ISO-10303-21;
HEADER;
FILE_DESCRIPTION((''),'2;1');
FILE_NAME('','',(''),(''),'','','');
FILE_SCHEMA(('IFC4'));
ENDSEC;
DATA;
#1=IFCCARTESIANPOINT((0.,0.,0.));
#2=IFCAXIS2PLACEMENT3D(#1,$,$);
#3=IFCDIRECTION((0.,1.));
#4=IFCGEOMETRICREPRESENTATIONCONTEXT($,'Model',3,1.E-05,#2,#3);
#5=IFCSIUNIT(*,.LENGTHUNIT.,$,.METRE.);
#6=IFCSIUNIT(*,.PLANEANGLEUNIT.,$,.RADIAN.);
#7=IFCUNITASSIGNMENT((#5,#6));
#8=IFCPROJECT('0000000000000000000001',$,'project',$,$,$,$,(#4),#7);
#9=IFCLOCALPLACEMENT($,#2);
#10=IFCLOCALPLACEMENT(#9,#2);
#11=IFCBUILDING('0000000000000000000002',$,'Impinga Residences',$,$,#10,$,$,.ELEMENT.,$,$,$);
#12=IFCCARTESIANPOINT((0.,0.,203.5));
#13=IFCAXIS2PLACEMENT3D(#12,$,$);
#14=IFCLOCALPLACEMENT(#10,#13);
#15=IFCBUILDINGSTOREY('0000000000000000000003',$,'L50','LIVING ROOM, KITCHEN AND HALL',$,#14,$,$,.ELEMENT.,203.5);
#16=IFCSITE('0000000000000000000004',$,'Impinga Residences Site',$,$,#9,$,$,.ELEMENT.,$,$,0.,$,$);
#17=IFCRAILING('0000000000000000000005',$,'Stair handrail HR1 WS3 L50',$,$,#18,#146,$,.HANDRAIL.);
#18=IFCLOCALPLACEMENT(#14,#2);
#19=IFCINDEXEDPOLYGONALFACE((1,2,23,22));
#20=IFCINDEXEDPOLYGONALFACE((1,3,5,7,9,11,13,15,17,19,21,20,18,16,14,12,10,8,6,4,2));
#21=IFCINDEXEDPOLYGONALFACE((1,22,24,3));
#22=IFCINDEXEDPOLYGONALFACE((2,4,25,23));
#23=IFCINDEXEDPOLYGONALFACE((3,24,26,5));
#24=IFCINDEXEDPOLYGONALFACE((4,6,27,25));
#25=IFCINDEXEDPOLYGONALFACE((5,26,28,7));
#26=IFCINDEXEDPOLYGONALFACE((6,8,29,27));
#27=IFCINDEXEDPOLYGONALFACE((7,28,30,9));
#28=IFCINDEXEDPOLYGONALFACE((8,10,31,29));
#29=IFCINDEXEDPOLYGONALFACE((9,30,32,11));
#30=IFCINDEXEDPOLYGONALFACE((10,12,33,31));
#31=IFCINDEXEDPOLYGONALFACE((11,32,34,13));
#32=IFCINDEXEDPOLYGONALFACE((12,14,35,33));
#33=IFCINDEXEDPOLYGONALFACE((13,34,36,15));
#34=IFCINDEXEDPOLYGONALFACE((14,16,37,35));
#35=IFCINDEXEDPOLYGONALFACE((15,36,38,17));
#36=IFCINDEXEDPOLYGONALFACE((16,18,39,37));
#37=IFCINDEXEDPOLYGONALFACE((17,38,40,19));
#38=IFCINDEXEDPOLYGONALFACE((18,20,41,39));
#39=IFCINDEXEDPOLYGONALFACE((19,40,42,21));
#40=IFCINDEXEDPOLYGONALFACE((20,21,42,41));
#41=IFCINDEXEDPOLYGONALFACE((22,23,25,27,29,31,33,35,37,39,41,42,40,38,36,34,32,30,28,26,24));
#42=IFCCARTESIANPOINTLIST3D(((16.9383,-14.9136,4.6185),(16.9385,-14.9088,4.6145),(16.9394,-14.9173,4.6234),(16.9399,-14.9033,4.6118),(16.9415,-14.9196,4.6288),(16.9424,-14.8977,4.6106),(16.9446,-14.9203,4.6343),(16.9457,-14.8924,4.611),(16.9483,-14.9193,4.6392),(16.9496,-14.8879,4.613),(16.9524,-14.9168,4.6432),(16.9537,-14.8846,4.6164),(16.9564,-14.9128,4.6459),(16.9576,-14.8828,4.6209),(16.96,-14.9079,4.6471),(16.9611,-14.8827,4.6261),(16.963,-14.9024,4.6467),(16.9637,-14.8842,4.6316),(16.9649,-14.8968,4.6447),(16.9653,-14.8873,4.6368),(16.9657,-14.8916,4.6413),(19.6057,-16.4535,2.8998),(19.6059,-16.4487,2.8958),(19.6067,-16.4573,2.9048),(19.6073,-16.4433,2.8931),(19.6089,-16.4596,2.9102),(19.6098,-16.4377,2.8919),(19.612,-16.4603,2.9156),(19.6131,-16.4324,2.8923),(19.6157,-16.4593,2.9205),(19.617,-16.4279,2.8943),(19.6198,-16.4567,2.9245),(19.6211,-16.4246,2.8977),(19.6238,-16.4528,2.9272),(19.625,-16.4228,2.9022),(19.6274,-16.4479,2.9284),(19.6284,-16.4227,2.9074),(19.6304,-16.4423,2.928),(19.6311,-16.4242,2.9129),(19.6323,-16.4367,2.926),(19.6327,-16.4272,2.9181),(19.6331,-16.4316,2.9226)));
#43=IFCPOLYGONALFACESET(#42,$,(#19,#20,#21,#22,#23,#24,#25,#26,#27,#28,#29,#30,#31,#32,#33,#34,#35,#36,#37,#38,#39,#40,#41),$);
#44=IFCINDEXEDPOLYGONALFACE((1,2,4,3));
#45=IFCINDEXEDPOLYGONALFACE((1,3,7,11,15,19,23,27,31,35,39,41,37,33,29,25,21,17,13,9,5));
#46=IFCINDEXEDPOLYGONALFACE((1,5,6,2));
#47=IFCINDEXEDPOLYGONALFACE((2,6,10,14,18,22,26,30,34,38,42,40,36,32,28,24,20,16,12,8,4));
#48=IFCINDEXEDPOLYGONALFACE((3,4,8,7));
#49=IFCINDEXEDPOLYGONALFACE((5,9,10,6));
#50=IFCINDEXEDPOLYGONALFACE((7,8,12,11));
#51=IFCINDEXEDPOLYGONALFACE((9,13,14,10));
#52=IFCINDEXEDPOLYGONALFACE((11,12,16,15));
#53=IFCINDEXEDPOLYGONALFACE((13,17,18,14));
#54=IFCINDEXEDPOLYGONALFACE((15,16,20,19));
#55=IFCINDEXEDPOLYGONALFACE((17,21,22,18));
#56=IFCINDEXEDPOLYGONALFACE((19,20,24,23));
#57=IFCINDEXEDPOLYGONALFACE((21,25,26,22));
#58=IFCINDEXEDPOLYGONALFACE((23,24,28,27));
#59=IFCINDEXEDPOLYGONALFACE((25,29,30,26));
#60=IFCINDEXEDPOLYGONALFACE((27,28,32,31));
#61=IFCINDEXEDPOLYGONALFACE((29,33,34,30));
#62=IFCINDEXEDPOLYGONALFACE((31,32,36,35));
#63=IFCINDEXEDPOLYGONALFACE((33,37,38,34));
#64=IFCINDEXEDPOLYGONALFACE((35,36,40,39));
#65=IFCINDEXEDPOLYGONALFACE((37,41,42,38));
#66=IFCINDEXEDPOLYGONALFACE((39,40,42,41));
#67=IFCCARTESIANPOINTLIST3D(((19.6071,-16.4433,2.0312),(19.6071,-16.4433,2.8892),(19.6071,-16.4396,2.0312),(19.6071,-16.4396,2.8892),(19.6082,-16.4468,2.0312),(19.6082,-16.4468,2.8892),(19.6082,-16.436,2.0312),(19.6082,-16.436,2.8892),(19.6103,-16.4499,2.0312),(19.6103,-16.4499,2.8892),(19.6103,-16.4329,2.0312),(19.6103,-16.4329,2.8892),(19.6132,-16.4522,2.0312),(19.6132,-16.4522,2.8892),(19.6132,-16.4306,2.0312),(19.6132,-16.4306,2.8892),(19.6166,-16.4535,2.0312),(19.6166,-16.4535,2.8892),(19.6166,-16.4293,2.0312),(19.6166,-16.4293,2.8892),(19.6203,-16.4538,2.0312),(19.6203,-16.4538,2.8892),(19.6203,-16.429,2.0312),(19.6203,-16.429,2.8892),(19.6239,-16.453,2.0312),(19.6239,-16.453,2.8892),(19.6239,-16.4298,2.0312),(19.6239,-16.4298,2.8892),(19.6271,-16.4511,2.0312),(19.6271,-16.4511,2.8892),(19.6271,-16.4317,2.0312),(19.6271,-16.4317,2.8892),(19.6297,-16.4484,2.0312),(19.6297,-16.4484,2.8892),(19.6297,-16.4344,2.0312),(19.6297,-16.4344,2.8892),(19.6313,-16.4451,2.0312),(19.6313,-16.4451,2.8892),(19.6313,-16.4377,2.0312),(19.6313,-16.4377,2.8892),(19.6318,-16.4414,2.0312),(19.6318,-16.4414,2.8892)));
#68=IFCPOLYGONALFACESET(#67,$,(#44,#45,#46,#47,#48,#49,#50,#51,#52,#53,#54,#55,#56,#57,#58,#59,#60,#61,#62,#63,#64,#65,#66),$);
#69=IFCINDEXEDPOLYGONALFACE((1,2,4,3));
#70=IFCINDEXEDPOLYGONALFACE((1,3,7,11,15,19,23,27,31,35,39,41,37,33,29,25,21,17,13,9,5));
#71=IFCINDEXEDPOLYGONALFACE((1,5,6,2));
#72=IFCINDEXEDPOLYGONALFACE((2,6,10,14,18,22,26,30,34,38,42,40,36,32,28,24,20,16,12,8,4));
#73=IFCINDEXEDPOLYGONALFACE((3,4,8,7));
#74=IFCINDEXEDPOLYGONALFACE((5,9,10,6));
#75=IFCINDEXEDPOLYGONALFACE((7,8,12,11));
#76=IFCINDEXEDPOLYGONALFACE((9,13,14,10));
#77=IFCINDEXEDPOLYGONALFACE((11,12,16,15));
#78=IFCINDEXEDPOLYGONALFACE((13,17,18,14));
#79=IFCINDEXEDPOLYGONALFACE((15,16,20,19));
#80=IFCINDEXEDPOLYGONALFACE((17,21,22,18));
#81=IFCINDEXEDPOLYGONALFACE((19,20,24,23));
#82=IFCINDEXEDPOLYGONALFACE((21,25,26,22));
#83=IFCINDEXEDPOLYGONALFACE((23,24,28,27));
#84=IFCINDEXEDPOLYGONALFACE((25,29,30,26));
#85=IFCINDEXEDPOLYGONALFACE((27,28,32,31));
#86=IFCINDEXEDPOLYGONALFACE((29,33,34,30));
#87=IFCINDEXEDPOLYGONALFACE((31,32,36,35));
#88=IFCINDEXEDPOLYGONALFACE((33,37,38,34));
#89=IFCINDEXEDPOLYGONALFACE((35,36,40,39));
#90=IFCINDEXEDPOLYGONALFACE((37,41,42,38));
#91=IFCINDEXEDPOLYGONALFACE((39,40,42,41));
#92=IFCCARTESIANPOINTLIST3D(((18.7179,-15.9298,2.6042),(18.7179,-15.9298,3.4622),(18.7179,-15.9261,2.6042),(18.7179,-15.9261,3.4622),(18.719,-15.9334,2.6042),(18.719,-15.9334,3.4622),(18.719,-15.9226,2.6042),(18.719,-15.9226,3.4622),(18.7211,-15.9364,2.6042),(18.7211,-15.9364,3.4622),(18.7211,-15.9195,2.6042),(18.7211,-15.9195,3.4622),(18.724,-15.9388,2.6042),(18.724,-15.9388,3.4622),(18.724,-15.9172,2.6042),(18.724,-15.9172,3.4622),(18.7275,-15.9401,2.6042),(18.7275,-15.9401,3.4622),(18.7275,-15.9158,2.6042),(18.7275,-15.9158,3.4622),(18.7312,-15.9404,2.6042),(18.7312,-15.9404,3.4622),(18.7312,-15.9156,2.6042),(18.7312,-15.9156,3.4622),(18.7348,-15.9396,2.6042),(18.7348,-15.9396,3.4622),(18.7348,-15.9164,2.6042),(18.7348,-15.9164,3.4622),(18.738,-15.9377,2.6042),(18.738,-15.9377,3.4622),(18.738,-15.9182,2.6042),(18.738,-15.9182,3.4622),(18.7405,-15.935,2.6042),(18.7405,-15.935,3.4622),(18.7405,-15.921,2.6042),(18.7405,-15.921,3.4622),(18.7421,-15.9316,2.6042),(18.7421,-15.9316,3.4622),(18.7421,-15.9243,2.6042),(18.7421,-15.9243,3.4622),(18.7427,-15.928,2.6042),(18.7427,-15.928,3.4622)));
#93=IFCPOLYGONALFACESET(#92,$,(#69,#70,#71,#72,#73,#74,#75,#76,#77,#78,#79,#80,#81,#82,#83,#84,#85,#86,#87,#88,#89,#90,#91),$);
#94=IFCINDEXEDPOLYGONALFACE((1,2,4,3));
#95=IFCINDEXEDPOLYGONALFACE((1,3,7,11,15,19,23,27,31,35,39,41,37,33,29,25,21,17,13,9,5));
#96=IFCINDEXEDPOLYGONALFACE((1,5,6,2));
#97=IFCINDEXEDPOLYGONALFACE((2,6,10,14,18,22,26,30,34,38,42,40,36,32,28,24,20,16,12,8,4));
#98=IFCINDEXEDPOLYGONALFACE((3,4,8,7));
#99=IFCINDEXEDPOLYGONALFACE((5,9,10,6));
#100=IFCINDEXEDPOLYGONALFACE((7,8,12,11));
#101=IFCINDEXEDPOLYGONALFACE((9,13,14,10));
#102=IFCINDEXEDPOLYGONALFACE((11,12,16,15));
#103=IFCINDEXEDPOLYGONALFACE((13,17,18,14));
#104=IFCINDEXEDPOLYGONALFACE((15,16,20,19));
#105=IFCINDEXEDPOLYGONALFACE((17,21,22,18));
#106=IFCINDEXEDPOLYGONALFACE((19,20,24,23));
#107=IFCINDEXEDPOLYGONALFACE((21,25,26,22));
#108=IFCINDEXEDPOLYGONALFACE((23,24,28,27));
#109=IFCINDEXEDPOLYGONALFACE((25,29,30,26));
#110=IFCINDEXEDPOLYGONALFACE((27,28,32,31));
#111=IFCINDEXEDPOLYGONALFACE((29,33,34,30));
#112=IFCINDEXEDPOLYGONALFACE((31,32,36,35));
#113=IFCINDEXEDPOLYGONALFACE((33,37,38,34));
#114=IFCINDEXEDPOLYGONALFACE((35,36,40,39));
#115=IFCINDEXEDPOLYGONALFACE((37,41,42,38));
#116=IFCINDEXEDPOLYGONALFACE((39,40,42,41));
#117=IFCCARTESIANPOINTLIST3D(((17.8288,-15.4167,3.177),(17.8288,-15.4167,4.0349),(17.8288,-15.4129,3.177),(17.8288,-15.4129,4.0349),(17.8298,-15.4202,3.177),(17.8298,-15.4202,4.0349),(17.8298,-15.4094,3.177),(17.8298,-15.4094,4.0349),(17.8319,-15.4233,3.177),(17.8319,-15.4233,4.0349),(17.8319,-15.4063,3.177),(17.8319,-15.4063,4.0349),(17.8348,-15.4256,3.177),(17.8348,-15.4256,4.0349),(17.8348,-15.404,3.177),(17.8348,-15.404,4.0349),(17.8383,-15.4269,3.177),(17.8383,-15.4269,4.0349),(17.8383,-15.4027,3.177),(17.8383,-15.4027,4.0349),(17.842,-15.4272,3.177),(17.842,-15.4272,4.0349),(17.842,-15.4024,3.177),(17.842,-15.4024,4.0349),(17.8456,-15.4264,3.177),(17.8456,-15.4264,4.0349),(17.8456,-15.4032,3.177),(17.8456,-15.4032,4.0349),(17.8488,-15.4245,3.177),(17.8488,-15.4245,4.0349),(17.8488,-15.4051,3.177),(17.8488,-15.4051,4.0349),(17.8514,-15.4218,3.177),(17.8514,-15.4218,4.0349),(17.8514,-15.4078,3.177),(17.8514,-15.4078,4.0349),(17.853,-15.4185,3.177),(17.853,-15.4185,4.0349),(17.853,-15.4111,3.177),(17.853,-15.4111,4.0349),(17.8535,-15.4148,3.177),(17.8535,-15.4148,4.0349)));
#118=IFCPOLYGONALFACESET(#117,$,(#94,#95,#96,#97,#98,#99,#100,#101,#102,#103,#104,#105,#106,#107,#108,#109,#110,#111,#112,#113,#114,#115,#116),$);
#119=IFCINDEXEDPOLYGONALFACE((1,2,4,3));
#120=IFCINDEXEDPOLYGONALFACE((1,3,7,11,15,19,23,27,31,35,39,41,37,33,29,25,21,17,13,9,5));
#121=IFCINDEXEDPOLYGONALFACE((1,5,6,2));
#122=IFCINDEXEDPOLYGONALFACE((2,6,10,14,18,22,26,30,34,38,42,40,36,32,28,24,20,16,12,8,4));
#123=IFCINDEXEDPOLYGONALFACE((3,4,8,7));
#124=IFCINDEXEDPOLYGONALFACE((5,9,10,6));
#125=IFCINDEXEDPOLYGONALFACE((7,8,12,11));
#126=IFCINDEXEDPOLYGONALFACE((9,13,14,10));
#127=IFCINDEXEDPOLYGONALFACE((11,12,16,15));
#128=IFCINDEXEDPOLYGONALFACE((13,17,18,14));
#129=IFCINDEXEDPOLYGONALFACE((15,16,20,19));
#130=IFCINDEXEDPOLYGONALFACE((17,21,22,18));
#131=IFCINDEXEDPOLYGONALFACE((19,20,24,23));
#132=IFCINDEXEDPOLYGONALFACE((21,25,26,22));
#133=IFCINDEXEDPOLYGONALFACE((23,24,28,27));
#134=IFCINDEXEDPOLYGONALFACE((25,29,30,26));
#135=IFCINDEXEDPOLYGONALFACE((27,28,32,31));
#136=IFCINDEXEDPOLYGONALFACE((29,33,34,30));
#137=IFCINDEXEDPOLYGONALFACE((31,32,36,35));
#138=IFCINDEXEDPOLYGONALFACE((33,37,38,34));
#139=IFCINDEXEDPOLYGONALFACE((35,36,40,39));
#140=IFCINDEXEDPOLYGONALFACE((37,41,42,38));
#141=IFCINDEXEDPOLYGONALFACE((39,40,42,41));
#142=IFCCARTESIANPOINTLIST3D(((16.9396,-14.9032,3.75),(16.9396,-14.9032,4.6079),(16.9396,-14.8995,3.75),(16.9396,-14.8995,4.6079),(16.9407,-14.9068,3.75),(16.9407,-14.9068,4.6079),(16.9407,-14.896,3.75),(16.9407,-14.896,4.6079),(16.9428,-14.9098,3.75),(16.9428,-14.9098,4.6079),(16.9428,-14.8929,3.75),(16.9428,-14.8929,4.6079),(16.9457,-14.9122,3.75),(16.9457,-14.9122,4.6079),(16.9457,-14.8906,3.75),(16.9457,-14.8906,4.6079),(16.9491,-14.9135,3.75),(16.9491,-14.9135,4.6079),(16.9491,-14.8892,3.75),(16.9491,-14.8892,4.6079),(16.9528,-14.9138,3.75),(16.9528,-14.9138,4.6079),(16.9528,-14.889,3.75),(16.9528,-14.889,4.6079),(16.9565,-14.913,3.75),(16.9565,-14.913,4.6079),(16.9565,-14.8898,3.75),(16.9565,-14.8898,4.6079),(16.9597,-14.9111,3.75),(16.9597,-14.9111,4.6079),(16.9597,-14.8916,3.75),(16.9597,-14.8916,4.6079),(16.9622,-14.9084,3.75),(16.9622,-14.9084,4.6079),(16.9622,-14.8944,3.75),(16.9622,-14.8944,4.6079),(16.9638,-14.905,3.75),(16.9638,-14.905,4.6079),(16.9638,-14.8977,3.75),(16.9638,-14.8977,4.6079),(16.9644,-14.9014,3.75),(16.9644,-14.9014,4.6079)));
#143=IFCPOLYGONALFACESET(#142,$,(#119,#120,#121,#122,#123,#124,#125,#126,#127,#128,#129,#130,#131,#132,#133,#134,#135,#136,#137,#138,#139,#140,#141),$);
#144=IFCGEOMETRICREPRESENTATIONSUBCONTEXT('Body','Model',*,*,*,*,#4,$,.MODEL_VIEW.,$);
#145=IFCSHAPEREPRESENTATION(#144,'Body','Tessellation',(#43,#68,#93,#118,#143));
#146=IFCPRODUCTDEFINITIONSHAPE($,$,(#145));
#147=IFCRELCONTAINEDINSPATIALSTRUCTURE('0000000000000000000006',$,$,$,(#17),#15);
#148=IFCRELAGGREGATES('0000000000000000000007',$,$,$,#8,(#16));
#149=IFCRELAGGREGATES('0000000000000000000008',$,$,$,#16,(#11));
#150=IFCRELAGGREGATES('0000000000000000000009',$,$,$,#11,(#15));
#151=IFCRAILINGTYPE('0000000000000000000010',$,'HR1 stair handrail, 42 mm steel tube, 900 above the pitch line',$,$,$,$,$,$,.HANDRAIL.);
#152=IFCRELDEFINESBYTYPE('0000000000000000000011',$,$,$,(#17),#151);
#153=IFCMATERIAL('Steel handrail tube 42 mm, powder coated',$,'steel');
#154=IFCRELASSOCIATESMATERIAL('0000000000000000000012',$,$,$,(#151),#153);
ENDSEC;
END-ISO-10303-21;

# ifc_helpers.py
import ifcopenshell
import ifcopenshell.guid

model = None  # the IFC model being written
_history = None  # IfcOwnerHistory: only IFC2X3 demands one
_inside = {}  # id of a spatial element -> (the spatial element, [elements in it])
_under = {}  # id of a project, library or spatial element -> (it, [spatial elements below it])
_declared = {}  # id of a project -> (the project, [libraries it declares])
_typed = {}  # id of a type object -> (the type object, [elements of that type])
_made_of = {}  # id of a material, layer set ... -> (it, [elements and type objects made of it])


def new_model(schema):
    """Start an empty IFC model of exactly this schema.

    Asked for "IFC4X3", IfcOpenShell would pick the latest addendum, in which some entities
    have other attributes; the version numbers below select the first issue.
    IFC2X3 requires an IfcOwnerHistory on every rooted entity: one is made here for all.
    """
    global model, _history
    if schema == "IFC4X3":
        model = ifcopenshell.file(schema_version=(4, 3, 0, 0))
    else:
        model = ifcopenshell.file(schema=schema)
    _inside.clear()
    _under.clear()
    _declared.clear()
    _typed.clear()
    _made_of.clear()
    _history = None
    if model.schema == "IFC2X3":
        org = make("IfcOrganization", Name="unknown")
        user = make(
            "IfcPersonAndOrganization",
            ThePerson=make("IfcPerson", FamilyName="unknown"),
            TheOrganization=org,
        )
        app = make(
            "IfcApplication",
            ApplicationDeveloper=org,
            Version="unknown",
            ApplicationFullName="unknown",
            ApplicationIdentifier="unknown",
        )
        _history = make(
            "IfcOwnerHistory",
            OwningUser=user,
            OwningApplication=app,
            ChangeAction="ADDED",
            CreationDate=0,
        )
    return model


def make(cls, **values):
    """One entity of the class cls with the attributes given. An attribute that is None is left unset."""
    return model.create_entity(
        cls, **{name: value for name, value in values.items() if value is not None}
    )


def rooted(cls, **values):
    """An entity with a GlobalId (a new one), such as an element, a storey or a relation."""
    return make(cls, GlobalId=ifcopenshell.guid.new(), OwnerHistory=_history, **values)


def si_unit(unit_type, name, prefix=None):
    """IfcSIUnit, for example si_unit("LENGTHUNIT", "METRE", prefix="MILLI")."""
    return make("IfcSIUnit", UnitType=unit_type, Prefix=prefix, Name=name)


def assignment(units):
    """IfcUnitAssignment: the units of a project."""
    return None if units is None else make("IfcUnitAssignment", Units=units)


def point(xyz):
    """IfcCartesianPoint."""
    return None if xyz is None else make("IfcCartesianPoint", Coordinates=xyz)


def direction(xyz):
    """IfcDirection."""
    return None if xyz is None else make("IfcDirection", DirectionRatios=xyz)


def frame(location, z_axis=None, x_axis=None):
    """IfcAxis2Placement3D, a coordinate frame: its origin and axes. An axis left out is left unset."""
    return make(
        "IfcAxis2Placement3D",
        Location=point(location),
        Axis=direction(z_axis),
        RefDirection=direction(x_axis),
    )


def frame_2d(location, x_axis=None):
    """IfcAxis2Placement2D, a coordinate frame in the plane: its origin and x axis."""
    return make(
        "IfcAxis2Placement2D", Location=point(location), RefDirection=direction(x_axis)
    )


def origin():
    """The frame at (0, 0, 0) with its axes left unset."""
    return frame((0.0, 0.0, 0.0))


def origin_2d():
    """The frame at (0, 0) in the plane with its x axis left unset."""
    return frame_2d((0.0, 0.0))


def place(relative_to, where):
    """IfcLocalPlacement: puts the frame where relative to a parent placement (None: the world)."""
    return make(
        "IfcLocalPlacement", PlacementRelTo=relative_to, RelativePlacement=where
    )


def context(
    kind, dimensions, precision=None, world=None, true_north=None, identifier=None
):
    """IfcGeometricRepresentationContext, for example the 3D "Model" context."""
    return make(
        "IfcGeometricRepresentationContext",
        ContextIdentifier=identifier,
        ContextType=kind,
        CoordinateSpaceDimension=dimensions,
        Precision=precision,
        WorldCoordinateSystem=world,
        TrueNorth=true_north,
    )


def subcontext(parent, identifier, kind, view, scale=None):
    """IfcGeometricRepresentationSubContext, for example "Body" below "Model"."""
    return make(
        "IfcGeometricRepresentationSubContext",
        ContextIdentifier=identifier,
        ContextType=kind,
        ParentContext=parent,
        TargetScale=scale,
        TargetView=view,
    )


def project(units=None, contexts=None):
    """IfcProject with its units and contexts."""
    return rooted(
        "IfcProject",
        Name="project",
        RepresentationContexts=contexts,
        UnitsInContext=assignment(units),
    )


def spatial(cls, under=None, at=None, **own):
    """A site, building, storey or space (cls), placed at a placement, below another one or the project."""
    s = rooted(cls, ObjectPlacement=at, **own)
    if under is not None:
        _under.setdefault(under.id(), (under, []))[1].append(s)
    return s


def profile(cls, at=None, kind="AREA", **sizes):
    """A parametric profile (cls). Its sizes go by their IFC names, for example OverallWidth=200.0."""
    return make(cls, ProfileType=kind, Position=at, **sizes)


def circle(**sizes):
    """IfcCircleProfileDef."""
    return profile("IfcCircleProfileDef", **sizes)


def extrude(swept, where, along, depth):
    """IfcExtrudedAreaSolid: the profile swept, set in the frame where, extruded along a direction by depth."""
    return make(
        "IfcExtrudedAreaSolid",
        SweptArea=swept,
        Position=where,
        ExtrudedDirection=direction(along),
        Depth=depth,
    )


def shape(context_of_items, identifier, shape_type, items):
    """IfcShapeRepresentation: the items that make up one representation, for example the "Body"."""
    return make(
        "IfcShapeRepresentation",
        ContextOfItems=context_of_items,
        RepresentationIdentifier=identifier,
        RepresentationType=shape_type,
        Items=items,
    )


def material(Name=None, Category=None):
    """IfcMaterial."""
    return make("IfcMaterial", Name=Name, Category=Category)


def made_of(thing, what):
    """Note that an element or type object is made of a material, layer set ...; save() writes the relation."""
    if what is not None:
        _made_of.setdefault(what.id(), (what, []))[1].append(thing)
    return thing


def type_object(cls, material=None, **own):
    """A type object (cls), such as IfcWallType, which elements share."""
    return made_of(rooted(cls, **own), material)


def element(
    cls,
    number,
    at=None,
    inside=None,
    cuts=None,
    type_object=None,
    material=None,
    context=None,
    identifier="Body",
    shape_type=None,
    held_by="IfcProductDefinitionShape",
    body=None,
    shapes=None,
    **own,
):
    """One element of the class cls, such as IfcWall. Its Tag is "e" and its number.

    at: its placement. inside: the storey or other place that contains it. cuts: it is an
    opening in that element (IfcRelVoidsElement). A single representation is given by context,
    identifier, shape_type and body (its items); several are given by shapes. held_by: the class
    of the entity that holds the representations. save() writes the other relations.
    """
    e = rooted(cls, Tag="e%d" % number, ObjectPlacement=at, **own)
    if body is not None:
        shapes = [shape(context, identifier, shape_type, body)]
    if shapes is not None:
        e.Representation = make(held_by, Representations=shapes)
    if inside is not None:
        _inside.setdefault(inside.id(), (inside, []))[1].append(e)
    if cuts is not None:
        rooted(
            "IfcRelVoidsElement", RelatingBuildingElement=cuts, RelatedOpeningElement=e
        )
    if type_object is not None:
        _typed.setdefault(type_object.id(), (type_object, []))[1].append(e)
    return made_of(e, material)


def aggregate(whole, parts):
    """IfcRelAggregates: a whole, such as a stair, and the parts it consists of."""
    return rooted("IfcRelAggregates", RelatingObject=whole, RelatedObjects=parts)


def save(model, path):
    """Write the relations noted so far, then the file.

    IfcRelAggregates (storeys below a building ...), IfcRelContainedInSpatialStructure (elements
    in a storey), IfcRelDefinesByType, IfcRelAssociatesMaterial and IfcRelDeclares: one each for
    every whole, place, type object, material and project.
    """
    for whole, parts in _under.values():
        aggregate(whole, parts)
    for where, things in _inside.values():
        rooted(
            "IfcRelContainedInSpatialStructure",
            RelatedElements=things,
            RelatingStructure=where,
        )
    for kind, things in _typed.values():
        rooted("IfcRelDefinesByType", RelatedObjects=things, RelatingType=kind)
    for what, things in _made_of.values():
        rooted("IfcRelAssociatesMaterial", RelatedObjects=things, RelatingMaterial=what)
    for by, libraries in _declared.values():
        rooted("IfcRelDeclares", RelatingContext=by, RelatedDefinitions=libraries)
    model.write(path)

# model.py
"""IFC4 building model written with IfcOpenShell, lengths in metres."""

from ifc_helpers import new_model, si_unit, direction, frame, origin, origin_2d, place, context, subcontext, project, spatial, circle, extrude, material, type_object, element, save


model = new_model("IFC4")

# Units and contexts
model_context = context("Model", 3, precision=1e-05, world=origin(), true_north=direction((0.0, 1.0)))
body_context = subcontext(model_context, "Body", "Model", "MODEL_VIEW")
ifc_project = project(units=[si_unit("LENGTHUNIT", "METRE"), si_unit("PLANEANGLEUNIT", "RADIAN")], contexts=[model_context])

# Site, building, storey
site_placement = place(None, origin())
site = spatial("IfcSite", under=ifc_project, at=site_placement, Name="Impinga Residences Site", CompositionType="ELEMENT", RefElevation=0.0)
building_placement = place(site_placement, origin())
building = spatial("IfcBuilding", under=site, at=building_placement, Name="Impinga Residences", CompositionType="ELEMENT")
storey_placement = place(building_placement, frame((0.0, 0.0, 203.5)))
storey = spatial("IfcBuildingStorey", under=building, at=storey_placement, Name="L50", Description="LIVING ROOM, KITCHEN AND HALL", CompositionType="ELEMENT", Elevation=203.5)

# Railing
ifc_material_1 = material(Name="Steel handrail tube 42 mm, powder coated", Category="steel")
railing_type_1 = type_object("IfcRailingType", Name="HR1 stair handrail, 42 mm steel tube, 900 above the pitch line", PredefinedType="HANDRAIL", material=ifc_material_1)
railing_1_placement = place(storey_placement, frame((19.6194, -16.4414, 2.0312)))
element("IfcRailing", 1, at=railing_1_placement, inside=storey, type_object=railing_type_1, Name="Stair handrail HR1 WS3 L50", PredefinedType="HANDRAIL", context=body_context, shape_type="SweptSolid", body=[
    extrude(circle(Radius=0.021, at=origin_2d()), frame((0.0, 0.0, 0.8789), z_axis=(-0.756256, 0.436616, 0.487282), x_axis=(-0.499992, -0.86603, 0.0)), (0.0, 0.0, 1.0), 3.5271),
    extrude(circle(Radius=0.0125, at=origin_2d()), origin(), (0.0, 0.0, 1.0), 0.8579),
    extrude(circle(Radius=0.0125, at=origin_2d()), frame((-0.8892, 0.5134, 0.573)), (0.0, 0.0, 1.0), 0.8579),
    extrude(circle(Radius=0.0125, at=origin_2d()), frame((-1.7783, 1.0266, 1.1458)), (0.0, 0.0, 1.0), 0.8579),
    extrude(circle(Radius=0.0125, at=origin_2d()), frame((-2.6675, 1.54, 1.7188)), (0.0, 0.0, 1.0), 0.8579),
])

save(model, "model.ifc")
